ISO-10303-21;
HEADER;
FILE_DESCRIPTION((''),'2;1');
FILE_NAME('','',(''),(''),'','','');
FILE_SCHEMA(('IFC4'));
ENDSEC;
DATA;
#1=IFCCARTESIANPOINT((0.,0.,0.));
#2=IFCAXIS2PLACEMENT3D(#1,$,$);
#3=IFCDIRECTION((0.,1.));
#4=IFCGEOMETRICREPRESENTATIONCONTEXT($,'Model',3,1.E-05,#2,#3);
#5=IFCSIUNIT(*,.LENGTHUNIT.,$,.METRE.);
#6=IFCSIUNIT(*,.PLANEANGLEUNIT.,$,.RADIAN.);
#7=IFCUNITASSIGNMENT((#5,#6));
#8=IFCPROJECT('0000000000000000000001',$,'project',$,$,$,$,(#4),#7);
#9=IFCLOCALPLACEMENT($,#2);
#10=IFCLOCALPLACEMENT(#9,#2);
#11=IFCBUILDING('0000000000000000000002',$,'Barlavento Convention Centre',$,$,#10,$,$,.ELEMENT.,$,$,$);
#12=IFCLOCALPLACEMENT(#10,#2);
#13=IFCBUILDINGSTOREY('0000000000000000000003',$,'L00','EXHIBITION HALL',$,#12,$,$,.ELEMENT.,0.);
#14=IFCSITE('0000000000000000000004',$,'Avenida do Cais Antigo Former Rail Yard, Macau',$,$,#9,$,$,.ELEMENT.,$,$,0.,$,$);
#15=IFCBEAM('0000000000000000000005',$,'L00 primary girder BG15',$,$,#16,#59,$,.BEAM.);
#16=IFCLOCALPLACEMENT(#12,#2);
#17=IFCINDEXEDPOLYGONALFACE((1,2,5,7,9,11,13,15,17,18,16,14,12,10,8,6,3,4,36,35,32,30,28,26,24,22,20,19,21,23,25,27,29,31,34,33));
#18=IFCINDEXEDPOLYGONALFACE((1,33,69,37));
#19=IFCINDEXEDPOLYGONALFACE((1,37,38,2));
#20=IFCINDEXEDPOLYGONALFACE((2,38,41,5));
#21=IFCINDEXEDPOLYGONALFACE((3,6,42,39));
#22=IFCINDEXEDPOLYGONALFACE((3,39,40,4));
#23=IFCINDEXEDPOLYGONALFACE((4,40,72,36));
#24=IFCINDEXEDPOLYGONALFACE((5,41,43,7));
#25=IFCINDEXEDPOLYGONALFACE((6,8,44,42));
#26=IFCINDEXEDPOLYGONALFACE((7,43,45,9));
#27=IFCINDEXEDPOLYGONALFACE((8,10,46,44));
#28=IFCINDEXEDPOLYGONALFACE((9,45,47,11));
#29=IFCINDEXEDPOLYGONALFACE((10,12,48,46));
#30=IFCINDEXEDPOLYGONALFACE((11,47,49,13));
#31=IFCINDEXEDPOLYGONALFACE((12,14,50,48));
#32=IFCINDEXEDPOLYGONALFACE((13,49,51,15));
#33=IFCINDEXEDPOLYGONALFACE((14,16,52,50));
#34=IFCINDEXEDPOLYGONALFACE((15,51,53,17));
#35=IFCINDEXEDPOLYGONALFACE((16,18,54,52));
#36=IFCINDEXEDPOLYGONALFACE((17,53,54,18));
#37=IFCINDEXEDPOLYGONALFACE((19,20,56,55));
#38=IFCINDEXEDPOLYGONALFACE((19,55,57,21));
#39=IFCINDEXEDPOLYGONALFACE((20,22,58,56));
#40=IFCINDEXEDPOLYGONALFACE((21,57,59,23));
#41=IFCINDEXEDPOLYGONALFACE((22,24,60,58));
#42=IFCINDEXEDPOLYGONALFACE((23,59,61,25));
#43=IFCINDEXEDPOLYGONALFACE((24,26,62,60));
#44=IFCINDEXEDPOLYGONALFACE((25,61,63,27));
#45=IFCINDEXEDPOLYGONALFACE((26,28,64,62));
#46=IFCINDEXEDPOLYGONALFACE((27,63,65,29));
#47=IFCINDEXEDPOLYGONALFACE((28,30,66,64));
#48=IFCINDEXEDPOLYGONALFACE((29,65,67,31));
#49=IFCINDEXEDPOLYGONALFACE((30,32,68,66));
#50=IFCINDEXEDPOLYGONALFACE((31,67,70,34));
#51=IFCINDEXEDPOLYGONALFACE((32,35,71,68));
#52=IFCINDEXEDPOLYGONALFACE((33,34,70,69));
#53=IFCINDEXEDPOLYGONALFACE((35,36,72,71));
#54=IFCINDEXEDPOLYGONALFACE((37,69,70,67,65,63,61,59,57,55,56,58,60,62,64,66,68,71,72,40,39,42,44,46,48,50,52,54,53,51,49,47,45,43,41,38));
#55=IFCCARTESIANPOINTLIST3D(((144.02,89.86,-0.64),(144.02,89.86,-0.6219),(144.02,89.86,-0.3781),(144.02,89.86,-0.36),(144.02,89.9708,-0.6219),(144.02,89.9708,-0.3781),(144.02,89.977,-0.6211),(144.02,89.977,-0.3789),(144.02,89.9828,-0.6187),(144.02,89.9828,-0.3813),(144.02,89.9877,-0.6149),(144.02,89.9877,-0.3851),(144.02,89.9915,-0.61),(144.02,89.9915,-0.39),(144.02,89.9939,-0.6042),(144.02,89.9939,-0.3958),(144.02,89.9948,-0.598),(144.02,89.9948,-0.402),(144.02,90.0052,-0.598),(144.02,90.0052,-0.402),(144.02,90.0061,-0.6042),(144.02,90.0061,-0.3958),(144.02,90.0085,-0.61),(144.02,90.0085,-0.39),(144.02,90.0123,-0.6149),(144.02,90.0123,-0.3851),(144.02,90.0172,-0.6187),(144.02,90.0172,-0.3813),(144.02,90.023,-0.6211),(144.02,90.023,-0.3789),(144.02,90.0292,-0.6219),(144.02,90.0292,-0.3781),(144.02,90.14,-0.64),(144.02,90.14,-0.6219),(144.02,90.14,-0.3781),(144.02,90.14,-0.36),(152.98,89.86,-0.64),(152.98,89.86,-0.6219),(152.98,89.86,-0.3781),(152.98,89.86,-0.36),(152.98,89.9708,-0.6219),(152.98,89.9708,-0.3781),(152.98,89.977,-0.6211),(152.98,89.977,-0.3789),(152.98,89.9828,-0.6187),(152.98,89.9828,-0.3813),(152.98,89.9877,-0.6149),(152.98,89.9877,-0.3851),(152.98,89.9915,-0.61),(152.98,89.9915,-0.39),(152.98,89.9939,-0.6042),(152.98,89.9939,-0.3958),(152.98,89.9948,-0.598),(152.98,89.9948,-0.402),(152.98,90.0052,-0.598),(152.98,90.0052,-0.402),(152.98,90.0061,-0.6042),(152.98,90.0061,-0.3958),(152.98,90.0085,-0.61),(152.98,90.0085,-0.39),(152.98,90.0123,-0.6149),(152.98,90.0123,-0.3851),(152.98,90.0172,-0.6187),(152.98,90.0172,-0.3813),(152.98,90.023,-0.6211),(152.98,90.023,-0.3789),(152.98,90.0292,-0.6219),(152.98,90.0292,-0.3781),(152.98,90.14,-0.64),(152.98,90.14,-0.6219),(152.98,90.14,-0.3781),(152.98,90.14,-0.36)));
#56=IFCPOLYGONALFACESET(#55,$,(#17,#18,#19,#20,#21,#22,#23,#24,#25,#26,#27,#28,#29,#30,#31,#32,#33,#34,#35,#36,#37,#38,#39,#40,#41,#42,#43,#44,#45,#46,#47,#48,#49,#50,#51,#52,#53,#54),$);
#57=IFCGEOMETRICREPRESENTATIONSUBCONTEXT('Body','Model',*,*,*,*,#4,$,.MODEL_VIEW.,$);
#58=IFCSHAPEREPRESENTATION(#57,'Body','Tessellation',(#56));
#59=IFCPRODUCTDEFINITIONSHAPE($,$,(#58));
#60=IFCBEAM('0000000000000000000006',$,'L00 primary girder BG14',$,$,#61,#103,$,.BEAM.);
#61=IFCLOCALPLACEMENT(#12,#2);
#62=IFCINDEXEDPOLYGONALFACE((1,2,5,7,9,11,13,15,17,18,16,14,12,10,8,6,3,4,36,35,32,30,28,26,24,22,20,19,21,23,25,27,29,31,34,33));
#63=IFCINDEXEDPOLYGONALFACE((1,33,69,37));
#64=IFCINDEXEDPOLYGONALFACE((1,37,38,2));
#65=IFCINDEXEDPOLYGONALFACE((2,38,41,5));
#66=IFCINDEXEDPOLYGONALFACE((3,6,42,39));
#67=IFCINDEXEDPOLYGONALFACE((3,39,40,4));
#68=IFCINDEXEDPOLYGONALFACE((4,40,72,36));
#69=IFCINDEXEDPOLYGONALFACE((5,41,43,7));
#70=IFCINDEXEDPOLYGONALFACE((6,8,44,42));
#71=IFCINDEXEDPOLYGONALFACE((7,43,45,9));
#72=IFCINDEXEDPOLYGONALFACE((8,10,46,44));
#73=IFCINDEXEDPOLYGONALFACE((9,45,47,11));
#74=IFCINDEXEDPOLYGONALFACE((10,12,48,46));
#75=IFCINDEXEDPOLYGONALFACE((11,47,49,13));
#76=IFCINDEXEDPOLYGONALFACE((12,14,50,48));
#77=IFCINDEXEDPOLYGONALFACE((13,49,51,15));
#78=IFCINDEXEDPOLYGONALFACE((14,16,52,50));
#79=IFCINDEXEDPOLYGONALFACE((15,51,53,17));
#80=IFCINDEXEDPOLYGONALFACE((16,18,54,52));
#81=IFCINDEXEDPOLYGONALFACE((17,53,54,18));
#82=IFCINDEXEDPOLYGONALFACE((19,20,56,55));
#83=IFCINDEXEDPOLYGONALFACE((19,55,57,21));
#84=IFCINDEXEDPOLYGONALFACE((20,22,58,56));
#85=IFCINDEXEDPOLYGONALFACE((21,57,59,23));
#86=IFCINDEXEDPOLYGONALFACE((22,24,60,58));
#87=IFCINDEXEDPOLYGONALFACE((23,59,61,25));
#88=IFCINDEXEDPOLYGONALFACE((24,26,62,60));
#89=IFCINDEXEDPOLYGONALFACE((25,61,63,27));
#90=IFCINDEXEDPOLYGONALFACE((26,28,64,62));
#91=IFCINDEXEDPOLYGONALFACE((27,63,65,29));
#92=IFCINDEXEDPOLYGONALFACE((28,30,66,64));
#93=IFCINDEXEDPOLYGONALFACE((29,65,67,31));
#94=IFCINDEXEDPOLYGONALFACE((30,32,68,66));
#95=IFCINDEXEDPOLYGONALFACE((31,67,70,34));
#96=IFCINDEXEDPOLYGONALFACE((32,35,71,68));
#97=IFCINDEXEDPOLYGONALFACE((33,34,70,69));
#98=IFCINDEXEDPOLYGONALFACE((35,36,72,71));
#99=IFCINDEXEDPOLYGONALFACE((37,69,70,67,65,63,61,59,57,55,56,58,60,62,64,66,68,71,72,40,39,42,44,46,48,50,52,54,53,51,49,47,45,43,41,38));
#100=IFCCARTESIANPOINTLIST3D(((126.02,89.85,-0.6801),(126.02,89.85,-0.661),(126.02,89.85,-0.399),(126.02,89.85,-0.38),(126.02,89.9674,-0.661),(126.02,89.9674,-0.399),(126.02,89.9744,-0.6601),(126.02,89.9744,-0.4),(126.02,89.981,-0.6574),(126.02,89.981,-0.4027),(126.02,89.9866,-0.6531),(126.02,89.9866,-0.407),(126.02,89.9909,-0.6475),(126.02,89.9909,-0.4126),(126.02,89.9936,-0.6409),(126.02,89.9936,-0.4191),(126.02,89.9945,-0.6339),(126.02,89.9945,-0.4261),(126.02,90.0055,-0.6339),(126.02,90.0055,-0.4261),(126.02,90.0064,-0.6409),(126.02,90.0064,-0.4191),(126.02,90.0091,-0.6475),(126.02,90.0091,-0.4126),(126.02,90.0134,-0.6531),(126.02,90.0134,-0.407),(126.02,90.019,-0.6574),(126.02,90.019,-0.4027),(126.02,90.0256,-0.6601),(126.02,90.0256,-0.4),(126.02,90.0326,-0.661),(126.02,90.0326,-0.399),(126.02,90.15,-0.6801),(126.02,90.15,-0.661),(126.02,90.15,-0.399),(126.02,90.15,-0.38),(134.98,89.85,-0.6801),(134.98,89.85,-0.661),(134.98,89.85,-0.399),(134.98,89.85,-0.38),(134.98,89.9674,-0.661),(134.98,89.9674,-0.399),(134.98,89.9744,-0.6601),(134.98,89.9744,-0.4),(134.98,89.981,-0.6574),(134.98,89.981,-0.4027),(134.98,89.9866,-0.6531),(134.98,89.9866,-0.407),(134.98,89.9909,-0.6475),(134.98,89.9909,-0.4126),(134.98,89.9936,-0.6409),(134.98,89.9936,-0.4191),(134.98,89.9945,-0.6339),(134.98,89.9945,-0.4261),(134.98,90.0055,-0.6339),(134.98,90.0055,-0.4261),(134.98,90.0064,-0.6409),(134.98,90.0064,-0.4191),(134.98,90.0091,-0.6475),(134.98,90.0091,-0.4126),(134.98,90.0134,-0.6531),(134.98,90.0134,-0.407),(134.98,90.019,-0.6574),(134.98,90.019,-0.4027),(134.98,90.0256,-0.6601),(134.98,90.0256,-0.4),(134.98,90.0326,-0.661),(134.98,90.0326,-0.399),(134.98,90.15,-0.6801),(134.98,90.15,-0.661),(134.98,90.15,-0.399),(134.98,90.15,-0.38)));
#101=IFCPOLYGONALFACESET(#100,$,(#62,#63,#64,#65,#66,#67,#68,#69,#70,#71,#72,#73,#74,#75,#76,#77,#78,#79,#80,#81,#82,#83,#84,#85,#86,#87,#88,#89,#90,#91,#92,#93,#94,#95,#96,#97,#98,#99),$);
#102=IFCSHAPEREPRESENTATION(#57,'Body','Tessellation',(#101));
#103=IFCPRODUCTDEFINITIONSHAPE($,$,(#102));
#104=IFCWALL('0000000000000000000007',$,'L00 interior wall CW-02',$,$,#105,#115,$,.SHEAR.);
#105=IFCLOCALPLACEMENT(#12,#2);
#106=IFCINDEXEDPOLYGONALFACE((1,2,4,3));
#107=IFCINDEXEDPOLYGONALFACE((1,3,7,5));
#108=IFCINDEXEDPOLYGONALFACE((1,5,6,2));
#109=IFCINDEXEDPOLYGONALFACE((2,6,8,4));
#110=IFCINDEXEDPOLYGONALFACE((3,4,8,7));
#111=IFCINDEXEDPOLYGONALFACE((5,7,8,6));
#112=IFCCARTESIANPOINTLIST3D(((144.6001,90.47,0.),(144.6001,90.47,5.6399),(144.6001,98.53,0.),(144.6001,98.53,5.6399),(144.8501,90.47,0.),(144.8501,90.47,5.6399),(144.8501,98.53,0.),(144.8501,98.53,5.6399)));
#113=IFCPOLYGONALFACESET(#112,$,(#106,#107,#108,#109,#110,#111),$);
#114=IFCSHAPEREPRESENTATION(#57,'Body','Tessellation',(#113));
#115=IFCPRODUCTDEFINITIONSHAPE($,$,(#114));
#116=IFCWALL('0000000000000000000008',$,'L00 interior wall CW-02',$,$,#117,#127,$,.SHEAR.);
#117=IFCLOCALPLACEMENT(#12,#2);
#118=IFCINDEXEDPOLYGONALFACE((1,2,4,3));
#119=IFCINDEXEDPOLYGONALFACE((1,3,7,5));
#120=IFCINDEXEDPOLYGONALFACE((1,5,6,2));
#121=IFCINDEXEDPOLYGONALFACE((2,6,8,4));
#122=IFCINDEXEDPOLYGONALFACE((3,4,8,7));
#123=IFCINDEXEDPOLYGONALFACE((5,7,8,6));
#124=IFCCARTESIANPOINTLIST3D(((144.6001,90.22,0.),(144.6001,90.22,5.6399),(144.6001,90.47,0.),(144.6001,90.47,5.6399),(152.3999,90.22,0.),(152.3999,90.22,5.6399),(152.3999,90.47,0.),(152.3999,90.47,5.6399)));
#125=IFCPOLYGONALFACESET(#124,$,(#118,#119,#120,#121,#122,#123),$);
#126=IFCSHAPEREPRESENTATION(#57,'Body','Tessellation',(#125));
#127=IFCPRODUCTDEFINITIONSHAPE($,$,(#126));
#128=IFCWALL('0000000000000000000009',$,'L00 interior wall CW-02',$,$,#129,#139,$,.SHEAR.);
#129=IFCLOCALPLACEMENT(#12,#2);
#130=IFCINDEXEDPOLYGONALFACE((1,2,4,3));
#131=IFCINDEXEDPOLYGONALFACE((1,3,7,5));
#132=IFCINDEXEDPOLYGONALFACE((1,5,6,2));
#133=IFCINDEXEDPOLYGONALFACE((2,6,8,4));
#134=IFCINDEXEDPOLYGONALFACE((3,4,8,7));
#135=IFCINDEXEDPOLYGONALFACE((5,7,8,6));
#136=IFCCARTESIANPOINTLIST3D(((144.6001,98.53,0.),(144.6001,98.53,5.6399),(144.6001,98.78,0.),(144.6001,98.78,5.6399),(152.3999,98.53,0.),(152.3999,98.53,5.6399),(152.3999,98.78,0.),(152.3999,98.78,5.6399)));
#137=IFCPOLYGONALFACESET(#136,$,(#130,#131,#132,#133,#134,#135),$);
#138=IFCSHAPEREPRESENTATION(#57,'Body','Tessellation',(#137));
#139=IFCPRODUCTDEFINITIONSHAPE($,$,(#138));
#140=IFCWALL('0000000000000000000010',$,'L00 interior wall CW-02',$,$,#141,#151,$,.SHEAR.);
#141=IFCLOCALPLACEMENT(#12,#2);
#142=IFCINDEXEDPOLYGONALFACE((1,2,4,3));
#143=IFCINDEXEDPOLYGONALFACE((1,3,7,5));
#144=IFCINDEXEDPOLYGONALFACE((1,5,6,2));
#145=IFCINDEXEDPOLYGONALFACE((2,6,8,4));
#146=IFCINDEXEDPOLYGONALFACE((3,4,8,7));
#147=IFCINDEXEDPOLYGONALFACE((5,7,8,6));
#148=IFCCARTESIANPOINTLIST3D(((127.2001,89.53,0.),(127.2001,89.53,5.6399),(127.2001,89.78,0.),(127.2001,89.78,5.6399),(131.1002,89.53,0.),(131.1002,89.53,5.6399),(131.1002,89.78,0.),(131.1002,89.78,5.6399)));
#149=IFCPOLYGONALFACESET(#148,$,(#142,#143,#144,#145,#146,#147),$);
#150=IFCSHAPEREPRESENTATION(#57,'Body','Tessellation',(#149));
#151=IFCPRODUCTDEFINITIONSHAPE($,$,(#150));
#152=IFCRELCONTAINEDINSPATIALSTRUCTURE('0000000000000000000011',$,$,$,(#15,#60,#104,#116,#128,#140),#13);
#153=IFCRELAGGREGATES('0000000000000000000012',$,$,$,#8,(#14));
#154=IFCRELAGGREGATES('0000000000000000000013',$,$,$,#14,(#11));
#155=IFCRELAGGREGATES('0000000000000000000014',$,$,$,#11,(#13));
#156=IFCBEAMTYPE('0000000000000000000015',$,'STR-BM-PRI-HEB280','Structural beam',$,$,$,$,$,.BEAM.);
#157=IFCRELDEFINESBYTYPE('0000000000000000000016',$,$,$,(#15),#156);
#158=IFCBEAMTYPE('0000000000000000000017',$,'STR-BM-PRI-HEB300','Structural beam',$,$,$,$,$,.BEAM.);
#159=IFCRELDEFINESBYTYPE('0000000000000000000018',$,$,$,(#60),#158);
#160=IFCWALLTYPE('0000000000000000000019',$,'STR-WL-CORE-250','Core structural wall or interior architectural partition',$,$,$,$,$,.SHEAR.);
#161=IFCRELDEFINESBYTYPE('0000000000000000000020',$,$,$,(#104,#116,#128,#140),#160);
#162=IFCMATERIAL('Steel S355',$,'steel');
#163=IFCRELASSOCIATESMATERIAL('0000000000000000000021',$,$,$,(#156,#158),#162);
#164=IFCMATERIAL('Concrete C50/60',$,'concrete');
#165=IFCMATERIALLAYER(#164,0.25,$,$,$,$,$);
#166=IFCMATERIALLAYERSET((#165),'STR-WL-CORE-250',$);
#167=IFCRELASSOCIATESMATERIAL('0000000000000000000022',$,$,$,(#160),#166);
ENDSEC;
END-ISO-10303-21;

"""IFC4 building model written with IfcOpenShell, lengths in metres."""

from ifc_helpers import new_model, si_unit, direction, frame, frame_2d, origin, origin_2d, place, context, subcontext, project, spatial, rectangle, i_section, extrude, material, layer, layer_set, material_profile, profile_set, type_object, element, save


model = new_model("IFC4")

# Units and contexts
model_context = context("Model", 3, precision=1e-05, world=origin(), true_north=direction((0.0, 1.0)))
body_context = subcontext(model_context, "Body", "Model", "MODEL_VIEW")
ifc_project = project(units=[si_unit("LENGTHUNIT", "METRE"), si_unit("PLANEANGLEUNIT", "RADIAN")], contexts=[model_context])

# Site, building, storey
site_placement = place(None, origin())
site = spatial("IfcSite", under=ifc_project, at=site_placement, Name="Avenida do Cais Antigo Former Rail Yard, Macau", CompositionType="ELEMENT", RefElevation=0.0)
building_placement = place(site_placement, origin())
building = spatial("IfcBuilding", under=site, at=building_placement, Name="Barlavento Convention Centre", CompositionType="ELEMENT")
storey_placement = place(building_placement, origin())
storey = spatial("IfcBuildingStorey", under=building, at=storey_placement, Name="L00", Description="EXHIBITION HALL", CompositionType="ELEMENT", Elevation=0.0)

# Shared definitions
ifc_material_1 = material(Name="Concrete C50/60", Category="concrete")

# Beams
ifc_material_2 = material(Name="Steel S355", Category="steel")
ifc_material_profile_1 = material_profile(ifc_material_2, i_section(OverallWidth=0.28, OverallDepth=0.28, WebThickness=0.0105, FlangeThickness=0.0181, FilletRadius=0.0239, at=origin_2d()), Name="HEB 280")
ifc_profile_set_1 = profile_set([ifc_material_profile_1], Name="Steel S355")
beam_type_1 = type_object("IfcBeamType", Name="STR-BM-PRI-HEB280", Description="Structural beam", PredefinedType="BEAM", material=ifc_profile_set_1)
beam_1_placement = place(storey_placement, frame((144.02, 90.0, -0.5), z_axis=(1.0, 0.0, 0.0), x_axis=(0.0, 1.0, 0.0)))
element("IfcBeam", 1, at=beam_1_placement, inside=storey, type_object=beam_type_1, Name="L00 primary girder BG15", PredefinedType="BEAM", context=body_context, shape_type="SweptSolid", body=[
    extrude(i_section(OverallWidth=0.28, OverallDepth=0.28, WebThickness=0.0105, FlangeThickness=0.0181, FilletRadius=0.0239, at=origin_2d()), origin(), (0.0, 0.0, 1.0), 8.96),
])
ifc_material_profile_2 = material_profile(ifc_material_2, i_section(OverallWidth=0.3, OverallDepth=0.3, WebThickness=0.011, FlangeThickness=0.019, FilletRadius=0.0271, at=origin_2d()), Name="HEB 300")
ifc_profile_set_2 = profile_set([ifc_material_profile_2], Name="Steel S355")
beam_type_2 = type_object("IfcBeamType", Name="STR-BM-PRI-HEB300", Description="Structural beam", PredefinedType="BEAM", material=ifc_profile_set_2)
beam_2_placement = place(storey_placement, frame((126.02, 90.0, -0.53), z_axis=(1.0, 0.0, 0.0), x_axis=(0.0, 1.0, 0.0)))
element("IfcBeam", 2, at=beam_2_placement, inside=storey, type_object=beam_type_2, Name="L00 primary girder BG14", PredefinedType="BEAM", context=body_context, shape_type="SweptSolid", body=[
    extrude(i_section(OverallWidth=0.3, OverallDepth=0.3, WebThickness=0.011, FlangeThickness=0.019, FilletRadius=0.0271, at=origin_2d()), origin(), (0.0, 0.0, 1.0), 8.96),
])

# Walls
ifc_layer = layer(ifc_material_1, 0.25)
ifc_layer_set = layer_set([ifc_layer], Name="STR-WL-CORE-250")
wall_type = type_object("IfcWallType", Name="STR-WL-CORE-250", Description="Core structural wall or interior architectural partition", PredefinedType="SHEAR", material=ifc_layer_set)
wall_1_placement = place(storey_placement, frame((144.7251, 90.47, 0.0), z_axis=(0.0, 0.0, 1.0), x_axis=(0.0, 1.0, 0.0)))
element("IfcWall", 3, at=wall_1_placement, inside=storey, type_object=wall_type, Name="L00 interior wall CW-02", PredefinedType="SHEAR", context=body_context, shape_type="SweptSolid", body=[
    extrude(rectangle(XDim=8.0601, YDim=0.25, at=frame_2d((4.03, 0.0))), origin(), (0.0, 0.0, 1.0), 5.6399),
])
for number, where, z_axis, x_axis, name in (
    (4, (144.6001, 90.345, 0.0), (0.0, 0.0, 1.0), (1.0, 0.0, 0.0), "L00 interior wall CW-02"),
    (5, (144.6001, 98.655, 0.0), (0.0, 0.0, 1.0), (1.0, 0.0, 0.0), "L00 interior wall CW-02"),
):
    element("IfcWall", number, at=place(storey_placement, frame(where, z_axis=z_axis, x_axis=x_axis)), inside=storey, type_object=wall_type, Name=name, PredefinedType="SHEAR", context=body_context, shape_type="SweptSolid", body=[
        extrude(rectangle(XDim=7.7998, YDim=0.25, at=frame_2d((3.8999, 0.0))), origin(), (0.0, 0.0, 1.0), 5.6399),
    ])
wall_2_placement = place(storey_placement, frame((127.2, 89.655, 0.0), z_axis=(0.0, 0.0, 1.0), x_axis=(1.0, 0.0, 0.0)))
element("IfcWall", 6, at=wall_2_placement, inside=storey, type_object=wall_type, Name="L00 interior wall CW-02", PredefinedType="SHEAR", context=body_context, shape_type="SweptSolid", body=[
    extrude(rectangle(XDim=3.9001, YDim=0.25, at=frame_2d((1.9502, 0.0))), origin(), (0.0, 0.0, 1.0), 5.6399),
])

save(model, "model.ifc")
